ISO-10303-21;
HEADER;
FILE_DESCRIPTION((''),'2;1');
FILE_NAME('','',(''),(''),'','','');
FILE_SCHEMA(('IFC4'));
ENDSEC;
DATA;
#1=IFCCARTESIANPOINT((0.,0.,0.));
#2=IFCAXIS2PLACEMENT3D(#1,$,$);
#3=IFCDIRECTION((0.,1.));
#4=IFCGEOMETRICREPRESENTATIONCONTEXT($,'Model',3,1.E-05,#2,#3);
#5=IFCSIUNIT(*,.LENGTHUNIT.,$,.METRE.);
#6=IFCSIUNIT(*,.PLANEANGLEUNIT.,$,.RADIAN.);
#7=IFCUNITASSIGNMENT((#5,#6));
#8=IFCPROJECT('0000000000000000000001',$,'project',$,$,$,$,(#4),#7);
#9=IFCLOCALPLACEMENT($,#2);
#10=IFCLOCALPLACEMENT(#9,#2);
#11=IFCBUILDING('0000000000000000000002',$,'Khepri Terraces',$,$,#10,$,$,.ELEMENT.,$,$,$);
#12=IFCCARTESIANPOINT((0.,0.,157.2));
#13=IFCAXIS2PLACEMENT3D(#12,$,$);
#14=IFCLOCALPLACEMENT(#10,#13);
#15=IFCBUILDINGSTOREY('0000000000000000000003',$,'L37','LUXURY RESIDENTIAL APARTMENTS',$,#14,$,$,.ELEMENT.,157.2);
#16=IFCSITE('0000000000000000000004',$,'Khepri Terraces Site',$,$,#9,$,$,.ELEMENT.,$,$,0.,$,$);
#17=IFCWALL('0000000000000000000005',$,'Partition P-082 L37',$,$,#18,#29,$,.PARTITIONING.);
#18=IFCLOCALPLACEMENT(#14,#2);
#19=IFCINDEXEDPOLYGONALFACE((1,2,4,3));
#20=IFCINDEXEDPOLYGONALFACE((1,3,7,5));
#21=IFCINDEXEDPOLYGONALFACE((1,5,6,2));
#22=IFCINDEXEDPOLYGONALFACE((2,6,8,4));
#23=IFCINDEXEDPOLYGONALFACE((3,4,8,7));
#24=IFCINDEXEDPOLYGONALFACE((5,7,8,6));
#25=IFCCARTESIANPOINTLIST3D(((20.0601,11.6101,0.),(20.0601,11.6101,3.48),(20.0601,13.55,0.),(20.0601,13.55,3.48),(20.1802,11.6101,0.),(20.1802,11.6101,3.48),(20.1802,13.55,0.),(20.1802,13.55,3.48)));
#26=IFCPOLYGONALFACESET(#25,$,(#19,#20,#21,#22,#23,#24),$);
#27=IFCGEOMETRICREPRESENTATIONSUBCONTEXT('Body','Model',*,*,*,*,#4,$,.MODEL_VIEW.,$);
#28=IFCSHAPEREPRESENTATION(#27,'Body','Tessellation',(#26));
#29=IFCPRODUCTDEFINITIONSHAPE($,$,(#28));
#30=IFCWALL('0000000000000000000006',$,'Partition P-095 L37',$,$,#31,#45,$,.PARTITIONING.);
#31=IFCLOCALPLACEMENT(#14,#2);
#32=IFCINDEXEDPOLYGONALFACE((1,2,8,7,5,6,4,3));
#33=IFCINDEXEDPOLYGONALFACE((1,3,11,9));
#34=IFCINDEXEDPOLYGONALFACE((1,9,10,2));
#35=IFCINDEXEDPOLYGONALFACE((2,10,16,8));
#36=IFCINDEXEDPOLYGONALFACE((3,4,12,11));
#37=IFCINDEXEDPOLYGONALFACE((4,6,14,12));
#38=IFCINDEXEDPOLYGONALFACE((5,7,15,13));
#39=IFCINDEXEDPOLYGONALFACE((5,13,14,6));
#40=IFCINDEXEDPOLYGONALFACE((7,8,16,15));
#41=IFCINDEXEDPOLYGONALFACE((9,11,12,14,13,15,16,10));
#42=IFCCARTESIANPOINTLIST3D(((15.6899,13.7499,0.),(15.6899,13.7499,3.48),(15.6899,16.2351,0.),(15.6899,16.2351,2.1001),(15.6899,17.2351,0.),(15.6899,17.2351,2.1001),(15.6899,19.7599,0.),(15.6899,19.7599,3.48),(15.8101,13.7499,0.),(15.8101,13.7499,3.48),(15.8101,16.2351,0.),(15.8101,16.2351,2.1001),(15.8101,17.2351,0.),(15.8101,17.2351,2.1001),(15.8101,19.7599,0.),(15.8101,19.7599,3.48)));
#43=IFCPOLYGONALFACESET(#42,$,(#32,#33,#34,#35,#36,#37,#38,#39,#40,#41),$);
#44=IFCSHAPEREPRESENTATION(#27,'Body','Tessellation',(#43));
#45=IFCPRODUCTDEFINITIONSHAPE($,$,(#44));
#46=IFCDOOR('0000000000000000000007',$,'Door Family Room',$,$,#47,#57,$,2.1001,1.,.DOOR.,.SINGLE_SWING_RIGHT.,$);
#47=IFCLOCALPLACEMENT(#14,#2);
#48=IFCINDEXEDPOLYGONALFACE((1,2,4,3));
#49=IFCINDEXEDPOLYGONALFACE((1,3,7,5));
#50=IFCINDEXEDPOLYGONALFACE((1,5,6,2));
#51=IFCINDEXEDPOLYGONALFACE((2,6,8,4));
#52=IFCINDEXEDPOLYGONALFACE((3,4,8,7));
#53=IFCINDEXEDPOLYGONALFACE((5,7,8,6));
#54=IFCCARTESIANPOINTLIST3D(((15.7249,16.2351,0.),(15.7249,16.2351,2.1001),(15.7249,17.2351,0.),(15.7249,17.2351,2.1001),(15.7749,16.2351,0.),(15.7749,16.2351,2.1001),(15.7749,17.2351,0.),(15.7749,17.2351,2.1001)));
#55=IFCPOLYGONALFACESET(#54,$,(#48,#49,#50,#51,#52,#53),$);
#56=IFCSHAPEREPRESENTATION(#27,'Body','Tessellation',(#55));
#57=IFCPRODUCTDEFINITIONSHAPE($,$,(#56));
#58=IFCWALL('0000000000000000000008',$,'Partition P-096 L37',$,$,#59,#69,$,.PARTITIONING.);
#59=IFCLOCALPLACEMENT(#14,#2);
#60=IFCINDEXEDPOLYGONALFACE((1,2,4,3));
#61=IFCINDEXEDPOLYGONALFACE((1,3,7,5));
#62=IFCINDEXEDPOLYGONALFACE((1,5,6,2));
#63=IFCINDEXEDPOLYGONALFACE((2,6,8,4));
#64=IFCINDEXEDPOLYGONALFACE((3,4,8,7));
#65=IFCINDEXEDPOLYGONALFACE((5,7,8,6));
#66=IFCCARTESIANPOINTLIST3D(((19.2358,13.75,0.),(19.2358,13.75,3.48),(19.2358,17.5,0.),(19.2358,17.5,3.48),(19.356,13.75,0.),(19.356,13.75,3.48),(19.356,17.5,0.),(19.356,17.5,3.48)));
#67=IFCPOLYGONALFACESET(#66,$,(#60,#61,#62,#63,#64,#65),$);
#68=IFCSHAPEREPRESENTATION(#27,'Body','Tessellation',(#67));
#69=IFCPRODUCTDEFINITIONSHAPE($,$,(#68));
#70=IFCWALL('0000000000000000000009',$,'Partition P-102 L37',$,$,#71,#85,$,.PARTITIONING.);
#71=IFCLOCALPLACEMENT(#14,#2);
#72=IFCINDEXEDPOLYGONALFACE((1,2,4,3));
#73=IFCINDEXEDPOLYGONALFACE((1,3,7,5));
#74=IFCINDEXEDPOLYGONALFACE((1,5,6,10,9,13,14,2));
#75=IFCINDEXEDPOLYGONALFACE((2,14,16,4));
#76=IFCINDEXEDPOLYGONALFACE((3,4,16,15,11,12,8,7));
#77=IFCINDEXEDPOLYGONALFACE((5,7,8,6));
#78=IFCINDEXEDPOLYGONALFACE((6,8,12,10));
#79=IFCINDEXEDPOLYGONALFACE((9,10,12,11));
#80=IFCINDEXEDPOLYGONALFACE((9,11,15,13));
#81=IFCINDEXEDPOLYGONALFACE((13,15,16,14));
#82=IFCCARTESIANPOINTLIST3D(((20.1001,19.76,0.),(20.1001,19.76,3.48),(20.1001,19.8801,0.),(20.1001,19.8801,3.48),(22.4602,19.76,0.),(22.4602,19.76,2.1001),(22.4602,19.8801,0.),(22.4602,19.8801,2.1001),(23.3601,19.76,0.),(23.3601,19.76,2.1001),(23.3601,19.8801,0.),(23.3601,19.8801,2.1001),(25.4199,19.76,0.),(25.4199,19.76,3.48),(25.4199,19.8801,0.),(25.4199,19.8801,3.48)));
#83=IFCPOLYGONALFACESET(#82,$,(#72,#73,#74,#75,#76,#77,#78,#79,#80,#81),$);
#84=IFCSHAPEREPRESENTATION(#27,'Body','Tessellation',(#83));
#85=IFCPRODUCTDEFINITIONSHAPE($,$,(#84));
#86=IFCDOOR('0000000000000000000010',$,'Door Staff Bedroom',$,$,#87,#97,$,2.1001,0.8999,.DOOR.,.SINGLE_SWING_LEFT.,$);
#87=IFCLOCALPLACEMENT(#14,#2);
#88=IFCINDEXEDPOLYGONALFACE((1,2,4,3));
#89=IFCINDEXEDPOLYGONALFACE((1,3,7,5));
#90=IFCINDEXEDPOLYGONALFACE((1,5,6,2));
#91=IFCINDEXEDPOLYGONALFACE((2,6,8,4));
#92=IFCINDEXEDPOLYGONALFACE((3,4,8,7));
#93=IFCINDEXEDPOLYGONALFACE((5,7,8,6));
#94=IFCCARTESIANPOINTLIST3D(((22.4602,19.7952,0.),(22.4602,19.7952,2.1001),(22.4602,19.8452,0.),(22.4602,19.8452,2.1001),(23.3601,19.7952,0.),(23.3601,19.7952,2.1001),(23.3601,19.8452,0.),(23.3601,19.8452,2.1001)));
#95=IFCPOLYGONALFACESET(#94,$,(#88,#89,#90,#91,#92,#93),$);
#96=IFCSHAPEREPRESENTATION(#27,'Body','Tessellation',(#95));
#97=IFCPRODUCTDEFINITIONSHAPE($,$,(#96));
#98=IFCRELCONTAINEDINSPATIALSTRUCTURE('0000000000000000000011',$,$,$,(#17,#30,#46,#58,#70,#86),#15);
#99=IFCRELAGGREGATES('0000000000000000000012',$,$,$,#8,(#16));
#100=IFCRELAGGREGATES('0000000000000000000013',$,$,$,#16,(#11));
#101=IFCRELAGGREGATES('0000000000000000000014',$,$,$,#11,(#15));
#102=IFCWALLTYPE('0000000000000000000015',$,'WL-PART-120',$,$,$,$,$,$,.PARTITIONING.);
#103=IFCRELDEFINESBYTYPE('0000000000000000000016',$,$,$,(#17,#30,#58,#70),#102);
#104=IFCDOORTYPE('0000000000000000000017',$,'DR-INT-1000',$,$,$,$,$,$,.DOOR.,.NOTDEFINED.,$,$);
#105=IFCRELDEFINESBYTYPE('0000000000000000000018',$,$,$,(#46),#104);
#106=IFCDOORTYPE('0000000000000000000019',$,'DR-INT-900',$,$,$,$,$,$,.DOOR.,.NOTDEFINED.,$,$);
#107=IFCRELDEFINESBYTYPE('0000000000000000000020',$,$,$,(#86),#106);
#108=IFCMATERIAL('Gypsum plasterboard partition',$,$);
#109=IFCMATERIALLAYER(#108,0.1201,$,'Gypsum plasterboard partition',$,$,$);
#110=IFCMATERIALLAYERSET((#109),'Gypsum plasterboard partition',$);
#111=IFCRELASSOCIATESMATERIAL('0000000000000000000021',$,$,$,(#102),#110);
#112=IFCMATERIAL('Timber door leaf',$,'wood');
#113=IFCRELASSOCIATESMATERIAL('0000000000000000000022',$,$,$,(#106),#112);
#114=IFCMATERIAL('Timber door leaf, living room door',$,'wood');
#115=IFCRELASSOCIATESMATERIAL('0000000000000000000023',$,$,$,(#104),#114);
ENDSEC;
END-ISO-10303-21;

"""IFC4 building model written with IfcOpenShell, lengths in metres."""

from ifc_helpers import new_model, si_unit, direction, frame, frame_2d, origin, place, context, subcontext, project, spatial, rectangle, extrude, material, layer, layer_set, type_object, element, fill, save


model = new_model("IFC4")

# Units and contexts
model_context = context("Model", 3, precision=1e-05, world=origin(), true_north=direction((0.0, 1.0)))
body_context = subcontext(model_context, "Body", "Model", "MODEL_VIEW")
ifc_project = project(units=[si_unit("LENGTHUNIT", "METRE"), si_unit("PLANEANGLEUNIT", "RADIAN")], contexts=[model_context])

# Site, building, storey
site_placement = place(None, origin())
site = spatial("IfcSite", under=ifc_project, at=site_placement, Name="Khepri Terraces Site", CompositionType="ELEMENT", RefElevation=0.0)
building_placement = place(site_placement, origin())
building = spatial("IfcBuilding", under=site, at=building_placement, Name="Khepri Terraces", CompositionType="ELEMENT")
storey_placement = place(building_placement, frame((0.0, 0.0, 157.2)))
storey = spatial("IfcBuildingStorey", under=building, at=storey_placement, Name="L37", Description="LUXURY RESIDENTIAL APARTMENTS", CompositionType="ELEMENT", Elevation=157.2)

# Shared definitions
ifc_material_1 = material(Name="Gypsum plasterboard partition")
ifc_layer_1 = layer(ifc_material_1, 0.1201, Name="Gypsum plasterboard partition")
ifc_layer_set_1 = layer_set([ifc_layer_1], Name="Gypsum plasterboard partition")
wall_type_1 = type_object("IfcWallType", Name="WL-PART-120", PredefinedType="PARTITIONING", material=ifc_layer_set_1)
ifc_material_2 = material(Name="Timber door leaf", Category="wood")
door_type_1 = type_object("IfcDoorType", Name="DR-INT-900", OperationType="NOTDEFINED", PredefinedType="DOOR", material=ifc_material_2)

# Wall
wall_1_placement = place(storey_placement, frame((20.1201, 11.6101, 0.0), z_axis=(0.0, 0.0, 1.0), x_axis=(0.0, 1.0, 0.0)))
element("IfcWall", 1, at=wall_1_placement, inside=storey, type_object=wall_type_1, Name="Partition P-082 L37", PredefinedType="PARTITIONING", context=body_context, shape_type="SweptSolid", body=[
    extrude(rectangle(XDim=1.9399, YDim=0.1201, at=frame_2d((0.97, 0.0))), origin(), (0.0, 0.0, 1.0), 3.48),
])

# Wall, opening, door
wall_2_placement = place(storey_placement, frame((15.75, 13.75, 0.0), z_axis=(0.0, 0.0, 1.0), x_axis=(0.0, 1.0, 0.0)))
wall_2 = element("IfcWall", 2, at=wall_2_placement, inside=storey, type_object=wall_type_1, Name="Partition P-095 L37", PredefinedType="PARTITIONING", context=body_context, shape_type="SweptSolid", body=[
    extrude(rectangle(XDim=6.01, YDim=0.1201, at=frame_2d((3.0049, 0.0))), origin(), (0.0, 0.0, 1.0), 3.48),
])
opening_1_placement = place(wall_2_placement, frame((2.4851, 0.0, 0.0)))
opening_1 = element("IfcOpeningElement", 3, at=opening_1_placement, cuts=wall_2, PredefinedType="OPENING", context=body_context, shape_type="SweptSolid", body=[
    extrude(rectangle(XDim=1.0, YDim=2.1001, at=frame_2d((0.5, 1.05))), frame((0.0, 0.0701, 0.0), z_axis=(0.0, -1.0, 0.0), x_axis=(1.0, 0.0, 0.0)), (0.0, 0.0, 1.0), 0.1401),
])
ifc_material_3 = material(Name="Timber door leaf, living room door", Category="wood")
door_type_2 = type_object("IfcDoorType", Name="DR-INT-1000", OperationType="NOTDEFINED", PredefinedType="DOOR", material=ifc_material_3)
door_1_placement = place(opening_1_placement, frame((1.0, 0.0, 0.0), z_axis=(0.0, 0.0, 1.0), x_axis=(-1.0, 0.0, 0.0)))
door_1 = element("IfcDoor", 4, at=door_1_placement, inside=storey, type_object=door_type_2, Name="Door Family Room", OperationType="SINGLE_SWING_RIGHT", OverallHeight=2.1001, OverallWidth=1.0, PredefinedType="DOOR", context=body_context, shape_type="SweptSolid", body=[
    extrude(rectangle(XDim=1.0, YDim=2.1001, at=frame_2d((0.5, 1.05))), frame((0.0, 0.0249, 0.0), z_axis=(0.0, -1.0, 0.0), x_axis=(1.0, 0.0, 0.0)), (0.0, 0.0, 1.0), 0.05),
])
fill(opening_1, door_1)

# Wall
wall_3_placement = place(storey_placement, frame((19.2959, 13.75, 0.0), z_axis=(0.0, 0.0, 1.0), x_axis=(0.0, 1.0, 0.0)))
element("IfcWall", 5, at=wall_3_placement, inside=storey, type_object=wall_type_1, Name="Partition P-096 L37", PredefinedType="PARTITIONING", context=body_context, shape_type="SweptSolid", body=[
    extrude(rectangle(XDim=3.75, YDim=0.1201, at=frame_2d((1.875, 0.0))), origin(), (0.0, 0.0, 1.0), 3.48),
])

# Wall, opening, door
wall_4_placement = place(storey_placement, frame((20.1001, 19.8201, 0.0), z_axis=(0.0, 0.0, 1.0), x_axis=(1.0, 0.0, 0.0)))
wall_4 = element("IfcWall", 6, at=wall_4_placement, inside=storey, type_object=wall_type_1, Name="Partition P-102 L37", PredefinedType="PARTITIONING", context=body_context, shape_type="SweptSolid", body=[
    extrude(rectangle(XDim=5.3198, YDim=0.1201, at=frame_2d((2.6599, 0.0))), origin(), (0.0, 0.0, 1.0), 3.48),
])
opening_2_placement = place(wall_4_placement, frame((2.3601, 0.0, 0.0)))
opening_2 = element("IfcOpeningElement", 7, at=opening_2_placement, cuts=wall_4, PredefinedType="OPENING", context=body_context, shape_type="SweptSolid", body=[
    extrude(rectangle(XDim=0.8999, YDim=2.1001, at=frame_2d((0.45, 1.05))), frame((0.0, 0.0701, 0.0), z_axis=(0.0, -1.0, 0.0), x_axis=(1.0, 0.0, 0.0)), (0.0, 0.0, 1.0), 0.1401),
])
door_2_placement = place(opening_2_placement, frame((0.8999, 0.0, 0.0), z_axis=(0.0, 0.0, 1.0), x_axis=(-1.0, 0.0, 0.0)))
door_2 = element("IfcDoor", 8, at=door_2_placement, inside=storey, type_object=door_type_1, Name="Door Staff Bedroom", OperationType="SINGLE_SWING_LEFT", OverallHeight=2.1001, OverallWidth=0.8999, PredefinedType="DOOR", context=body_context, shape_type="SweptSolid", body=[
    extrude(rectangle(XDim=0.8999, YDim=2.1001, at=frame_2d((0.45, 1.05))), frame((0.0, 0.0249, 0.0), z_axis=(0.0, -1.0, 0.0), x_axis=(1.0, 0.0, 0.0)), (0.0, 0.0, 1.0), 0.05),
])
fill(opening_2, door_2)

save(model, "model.ifc")
